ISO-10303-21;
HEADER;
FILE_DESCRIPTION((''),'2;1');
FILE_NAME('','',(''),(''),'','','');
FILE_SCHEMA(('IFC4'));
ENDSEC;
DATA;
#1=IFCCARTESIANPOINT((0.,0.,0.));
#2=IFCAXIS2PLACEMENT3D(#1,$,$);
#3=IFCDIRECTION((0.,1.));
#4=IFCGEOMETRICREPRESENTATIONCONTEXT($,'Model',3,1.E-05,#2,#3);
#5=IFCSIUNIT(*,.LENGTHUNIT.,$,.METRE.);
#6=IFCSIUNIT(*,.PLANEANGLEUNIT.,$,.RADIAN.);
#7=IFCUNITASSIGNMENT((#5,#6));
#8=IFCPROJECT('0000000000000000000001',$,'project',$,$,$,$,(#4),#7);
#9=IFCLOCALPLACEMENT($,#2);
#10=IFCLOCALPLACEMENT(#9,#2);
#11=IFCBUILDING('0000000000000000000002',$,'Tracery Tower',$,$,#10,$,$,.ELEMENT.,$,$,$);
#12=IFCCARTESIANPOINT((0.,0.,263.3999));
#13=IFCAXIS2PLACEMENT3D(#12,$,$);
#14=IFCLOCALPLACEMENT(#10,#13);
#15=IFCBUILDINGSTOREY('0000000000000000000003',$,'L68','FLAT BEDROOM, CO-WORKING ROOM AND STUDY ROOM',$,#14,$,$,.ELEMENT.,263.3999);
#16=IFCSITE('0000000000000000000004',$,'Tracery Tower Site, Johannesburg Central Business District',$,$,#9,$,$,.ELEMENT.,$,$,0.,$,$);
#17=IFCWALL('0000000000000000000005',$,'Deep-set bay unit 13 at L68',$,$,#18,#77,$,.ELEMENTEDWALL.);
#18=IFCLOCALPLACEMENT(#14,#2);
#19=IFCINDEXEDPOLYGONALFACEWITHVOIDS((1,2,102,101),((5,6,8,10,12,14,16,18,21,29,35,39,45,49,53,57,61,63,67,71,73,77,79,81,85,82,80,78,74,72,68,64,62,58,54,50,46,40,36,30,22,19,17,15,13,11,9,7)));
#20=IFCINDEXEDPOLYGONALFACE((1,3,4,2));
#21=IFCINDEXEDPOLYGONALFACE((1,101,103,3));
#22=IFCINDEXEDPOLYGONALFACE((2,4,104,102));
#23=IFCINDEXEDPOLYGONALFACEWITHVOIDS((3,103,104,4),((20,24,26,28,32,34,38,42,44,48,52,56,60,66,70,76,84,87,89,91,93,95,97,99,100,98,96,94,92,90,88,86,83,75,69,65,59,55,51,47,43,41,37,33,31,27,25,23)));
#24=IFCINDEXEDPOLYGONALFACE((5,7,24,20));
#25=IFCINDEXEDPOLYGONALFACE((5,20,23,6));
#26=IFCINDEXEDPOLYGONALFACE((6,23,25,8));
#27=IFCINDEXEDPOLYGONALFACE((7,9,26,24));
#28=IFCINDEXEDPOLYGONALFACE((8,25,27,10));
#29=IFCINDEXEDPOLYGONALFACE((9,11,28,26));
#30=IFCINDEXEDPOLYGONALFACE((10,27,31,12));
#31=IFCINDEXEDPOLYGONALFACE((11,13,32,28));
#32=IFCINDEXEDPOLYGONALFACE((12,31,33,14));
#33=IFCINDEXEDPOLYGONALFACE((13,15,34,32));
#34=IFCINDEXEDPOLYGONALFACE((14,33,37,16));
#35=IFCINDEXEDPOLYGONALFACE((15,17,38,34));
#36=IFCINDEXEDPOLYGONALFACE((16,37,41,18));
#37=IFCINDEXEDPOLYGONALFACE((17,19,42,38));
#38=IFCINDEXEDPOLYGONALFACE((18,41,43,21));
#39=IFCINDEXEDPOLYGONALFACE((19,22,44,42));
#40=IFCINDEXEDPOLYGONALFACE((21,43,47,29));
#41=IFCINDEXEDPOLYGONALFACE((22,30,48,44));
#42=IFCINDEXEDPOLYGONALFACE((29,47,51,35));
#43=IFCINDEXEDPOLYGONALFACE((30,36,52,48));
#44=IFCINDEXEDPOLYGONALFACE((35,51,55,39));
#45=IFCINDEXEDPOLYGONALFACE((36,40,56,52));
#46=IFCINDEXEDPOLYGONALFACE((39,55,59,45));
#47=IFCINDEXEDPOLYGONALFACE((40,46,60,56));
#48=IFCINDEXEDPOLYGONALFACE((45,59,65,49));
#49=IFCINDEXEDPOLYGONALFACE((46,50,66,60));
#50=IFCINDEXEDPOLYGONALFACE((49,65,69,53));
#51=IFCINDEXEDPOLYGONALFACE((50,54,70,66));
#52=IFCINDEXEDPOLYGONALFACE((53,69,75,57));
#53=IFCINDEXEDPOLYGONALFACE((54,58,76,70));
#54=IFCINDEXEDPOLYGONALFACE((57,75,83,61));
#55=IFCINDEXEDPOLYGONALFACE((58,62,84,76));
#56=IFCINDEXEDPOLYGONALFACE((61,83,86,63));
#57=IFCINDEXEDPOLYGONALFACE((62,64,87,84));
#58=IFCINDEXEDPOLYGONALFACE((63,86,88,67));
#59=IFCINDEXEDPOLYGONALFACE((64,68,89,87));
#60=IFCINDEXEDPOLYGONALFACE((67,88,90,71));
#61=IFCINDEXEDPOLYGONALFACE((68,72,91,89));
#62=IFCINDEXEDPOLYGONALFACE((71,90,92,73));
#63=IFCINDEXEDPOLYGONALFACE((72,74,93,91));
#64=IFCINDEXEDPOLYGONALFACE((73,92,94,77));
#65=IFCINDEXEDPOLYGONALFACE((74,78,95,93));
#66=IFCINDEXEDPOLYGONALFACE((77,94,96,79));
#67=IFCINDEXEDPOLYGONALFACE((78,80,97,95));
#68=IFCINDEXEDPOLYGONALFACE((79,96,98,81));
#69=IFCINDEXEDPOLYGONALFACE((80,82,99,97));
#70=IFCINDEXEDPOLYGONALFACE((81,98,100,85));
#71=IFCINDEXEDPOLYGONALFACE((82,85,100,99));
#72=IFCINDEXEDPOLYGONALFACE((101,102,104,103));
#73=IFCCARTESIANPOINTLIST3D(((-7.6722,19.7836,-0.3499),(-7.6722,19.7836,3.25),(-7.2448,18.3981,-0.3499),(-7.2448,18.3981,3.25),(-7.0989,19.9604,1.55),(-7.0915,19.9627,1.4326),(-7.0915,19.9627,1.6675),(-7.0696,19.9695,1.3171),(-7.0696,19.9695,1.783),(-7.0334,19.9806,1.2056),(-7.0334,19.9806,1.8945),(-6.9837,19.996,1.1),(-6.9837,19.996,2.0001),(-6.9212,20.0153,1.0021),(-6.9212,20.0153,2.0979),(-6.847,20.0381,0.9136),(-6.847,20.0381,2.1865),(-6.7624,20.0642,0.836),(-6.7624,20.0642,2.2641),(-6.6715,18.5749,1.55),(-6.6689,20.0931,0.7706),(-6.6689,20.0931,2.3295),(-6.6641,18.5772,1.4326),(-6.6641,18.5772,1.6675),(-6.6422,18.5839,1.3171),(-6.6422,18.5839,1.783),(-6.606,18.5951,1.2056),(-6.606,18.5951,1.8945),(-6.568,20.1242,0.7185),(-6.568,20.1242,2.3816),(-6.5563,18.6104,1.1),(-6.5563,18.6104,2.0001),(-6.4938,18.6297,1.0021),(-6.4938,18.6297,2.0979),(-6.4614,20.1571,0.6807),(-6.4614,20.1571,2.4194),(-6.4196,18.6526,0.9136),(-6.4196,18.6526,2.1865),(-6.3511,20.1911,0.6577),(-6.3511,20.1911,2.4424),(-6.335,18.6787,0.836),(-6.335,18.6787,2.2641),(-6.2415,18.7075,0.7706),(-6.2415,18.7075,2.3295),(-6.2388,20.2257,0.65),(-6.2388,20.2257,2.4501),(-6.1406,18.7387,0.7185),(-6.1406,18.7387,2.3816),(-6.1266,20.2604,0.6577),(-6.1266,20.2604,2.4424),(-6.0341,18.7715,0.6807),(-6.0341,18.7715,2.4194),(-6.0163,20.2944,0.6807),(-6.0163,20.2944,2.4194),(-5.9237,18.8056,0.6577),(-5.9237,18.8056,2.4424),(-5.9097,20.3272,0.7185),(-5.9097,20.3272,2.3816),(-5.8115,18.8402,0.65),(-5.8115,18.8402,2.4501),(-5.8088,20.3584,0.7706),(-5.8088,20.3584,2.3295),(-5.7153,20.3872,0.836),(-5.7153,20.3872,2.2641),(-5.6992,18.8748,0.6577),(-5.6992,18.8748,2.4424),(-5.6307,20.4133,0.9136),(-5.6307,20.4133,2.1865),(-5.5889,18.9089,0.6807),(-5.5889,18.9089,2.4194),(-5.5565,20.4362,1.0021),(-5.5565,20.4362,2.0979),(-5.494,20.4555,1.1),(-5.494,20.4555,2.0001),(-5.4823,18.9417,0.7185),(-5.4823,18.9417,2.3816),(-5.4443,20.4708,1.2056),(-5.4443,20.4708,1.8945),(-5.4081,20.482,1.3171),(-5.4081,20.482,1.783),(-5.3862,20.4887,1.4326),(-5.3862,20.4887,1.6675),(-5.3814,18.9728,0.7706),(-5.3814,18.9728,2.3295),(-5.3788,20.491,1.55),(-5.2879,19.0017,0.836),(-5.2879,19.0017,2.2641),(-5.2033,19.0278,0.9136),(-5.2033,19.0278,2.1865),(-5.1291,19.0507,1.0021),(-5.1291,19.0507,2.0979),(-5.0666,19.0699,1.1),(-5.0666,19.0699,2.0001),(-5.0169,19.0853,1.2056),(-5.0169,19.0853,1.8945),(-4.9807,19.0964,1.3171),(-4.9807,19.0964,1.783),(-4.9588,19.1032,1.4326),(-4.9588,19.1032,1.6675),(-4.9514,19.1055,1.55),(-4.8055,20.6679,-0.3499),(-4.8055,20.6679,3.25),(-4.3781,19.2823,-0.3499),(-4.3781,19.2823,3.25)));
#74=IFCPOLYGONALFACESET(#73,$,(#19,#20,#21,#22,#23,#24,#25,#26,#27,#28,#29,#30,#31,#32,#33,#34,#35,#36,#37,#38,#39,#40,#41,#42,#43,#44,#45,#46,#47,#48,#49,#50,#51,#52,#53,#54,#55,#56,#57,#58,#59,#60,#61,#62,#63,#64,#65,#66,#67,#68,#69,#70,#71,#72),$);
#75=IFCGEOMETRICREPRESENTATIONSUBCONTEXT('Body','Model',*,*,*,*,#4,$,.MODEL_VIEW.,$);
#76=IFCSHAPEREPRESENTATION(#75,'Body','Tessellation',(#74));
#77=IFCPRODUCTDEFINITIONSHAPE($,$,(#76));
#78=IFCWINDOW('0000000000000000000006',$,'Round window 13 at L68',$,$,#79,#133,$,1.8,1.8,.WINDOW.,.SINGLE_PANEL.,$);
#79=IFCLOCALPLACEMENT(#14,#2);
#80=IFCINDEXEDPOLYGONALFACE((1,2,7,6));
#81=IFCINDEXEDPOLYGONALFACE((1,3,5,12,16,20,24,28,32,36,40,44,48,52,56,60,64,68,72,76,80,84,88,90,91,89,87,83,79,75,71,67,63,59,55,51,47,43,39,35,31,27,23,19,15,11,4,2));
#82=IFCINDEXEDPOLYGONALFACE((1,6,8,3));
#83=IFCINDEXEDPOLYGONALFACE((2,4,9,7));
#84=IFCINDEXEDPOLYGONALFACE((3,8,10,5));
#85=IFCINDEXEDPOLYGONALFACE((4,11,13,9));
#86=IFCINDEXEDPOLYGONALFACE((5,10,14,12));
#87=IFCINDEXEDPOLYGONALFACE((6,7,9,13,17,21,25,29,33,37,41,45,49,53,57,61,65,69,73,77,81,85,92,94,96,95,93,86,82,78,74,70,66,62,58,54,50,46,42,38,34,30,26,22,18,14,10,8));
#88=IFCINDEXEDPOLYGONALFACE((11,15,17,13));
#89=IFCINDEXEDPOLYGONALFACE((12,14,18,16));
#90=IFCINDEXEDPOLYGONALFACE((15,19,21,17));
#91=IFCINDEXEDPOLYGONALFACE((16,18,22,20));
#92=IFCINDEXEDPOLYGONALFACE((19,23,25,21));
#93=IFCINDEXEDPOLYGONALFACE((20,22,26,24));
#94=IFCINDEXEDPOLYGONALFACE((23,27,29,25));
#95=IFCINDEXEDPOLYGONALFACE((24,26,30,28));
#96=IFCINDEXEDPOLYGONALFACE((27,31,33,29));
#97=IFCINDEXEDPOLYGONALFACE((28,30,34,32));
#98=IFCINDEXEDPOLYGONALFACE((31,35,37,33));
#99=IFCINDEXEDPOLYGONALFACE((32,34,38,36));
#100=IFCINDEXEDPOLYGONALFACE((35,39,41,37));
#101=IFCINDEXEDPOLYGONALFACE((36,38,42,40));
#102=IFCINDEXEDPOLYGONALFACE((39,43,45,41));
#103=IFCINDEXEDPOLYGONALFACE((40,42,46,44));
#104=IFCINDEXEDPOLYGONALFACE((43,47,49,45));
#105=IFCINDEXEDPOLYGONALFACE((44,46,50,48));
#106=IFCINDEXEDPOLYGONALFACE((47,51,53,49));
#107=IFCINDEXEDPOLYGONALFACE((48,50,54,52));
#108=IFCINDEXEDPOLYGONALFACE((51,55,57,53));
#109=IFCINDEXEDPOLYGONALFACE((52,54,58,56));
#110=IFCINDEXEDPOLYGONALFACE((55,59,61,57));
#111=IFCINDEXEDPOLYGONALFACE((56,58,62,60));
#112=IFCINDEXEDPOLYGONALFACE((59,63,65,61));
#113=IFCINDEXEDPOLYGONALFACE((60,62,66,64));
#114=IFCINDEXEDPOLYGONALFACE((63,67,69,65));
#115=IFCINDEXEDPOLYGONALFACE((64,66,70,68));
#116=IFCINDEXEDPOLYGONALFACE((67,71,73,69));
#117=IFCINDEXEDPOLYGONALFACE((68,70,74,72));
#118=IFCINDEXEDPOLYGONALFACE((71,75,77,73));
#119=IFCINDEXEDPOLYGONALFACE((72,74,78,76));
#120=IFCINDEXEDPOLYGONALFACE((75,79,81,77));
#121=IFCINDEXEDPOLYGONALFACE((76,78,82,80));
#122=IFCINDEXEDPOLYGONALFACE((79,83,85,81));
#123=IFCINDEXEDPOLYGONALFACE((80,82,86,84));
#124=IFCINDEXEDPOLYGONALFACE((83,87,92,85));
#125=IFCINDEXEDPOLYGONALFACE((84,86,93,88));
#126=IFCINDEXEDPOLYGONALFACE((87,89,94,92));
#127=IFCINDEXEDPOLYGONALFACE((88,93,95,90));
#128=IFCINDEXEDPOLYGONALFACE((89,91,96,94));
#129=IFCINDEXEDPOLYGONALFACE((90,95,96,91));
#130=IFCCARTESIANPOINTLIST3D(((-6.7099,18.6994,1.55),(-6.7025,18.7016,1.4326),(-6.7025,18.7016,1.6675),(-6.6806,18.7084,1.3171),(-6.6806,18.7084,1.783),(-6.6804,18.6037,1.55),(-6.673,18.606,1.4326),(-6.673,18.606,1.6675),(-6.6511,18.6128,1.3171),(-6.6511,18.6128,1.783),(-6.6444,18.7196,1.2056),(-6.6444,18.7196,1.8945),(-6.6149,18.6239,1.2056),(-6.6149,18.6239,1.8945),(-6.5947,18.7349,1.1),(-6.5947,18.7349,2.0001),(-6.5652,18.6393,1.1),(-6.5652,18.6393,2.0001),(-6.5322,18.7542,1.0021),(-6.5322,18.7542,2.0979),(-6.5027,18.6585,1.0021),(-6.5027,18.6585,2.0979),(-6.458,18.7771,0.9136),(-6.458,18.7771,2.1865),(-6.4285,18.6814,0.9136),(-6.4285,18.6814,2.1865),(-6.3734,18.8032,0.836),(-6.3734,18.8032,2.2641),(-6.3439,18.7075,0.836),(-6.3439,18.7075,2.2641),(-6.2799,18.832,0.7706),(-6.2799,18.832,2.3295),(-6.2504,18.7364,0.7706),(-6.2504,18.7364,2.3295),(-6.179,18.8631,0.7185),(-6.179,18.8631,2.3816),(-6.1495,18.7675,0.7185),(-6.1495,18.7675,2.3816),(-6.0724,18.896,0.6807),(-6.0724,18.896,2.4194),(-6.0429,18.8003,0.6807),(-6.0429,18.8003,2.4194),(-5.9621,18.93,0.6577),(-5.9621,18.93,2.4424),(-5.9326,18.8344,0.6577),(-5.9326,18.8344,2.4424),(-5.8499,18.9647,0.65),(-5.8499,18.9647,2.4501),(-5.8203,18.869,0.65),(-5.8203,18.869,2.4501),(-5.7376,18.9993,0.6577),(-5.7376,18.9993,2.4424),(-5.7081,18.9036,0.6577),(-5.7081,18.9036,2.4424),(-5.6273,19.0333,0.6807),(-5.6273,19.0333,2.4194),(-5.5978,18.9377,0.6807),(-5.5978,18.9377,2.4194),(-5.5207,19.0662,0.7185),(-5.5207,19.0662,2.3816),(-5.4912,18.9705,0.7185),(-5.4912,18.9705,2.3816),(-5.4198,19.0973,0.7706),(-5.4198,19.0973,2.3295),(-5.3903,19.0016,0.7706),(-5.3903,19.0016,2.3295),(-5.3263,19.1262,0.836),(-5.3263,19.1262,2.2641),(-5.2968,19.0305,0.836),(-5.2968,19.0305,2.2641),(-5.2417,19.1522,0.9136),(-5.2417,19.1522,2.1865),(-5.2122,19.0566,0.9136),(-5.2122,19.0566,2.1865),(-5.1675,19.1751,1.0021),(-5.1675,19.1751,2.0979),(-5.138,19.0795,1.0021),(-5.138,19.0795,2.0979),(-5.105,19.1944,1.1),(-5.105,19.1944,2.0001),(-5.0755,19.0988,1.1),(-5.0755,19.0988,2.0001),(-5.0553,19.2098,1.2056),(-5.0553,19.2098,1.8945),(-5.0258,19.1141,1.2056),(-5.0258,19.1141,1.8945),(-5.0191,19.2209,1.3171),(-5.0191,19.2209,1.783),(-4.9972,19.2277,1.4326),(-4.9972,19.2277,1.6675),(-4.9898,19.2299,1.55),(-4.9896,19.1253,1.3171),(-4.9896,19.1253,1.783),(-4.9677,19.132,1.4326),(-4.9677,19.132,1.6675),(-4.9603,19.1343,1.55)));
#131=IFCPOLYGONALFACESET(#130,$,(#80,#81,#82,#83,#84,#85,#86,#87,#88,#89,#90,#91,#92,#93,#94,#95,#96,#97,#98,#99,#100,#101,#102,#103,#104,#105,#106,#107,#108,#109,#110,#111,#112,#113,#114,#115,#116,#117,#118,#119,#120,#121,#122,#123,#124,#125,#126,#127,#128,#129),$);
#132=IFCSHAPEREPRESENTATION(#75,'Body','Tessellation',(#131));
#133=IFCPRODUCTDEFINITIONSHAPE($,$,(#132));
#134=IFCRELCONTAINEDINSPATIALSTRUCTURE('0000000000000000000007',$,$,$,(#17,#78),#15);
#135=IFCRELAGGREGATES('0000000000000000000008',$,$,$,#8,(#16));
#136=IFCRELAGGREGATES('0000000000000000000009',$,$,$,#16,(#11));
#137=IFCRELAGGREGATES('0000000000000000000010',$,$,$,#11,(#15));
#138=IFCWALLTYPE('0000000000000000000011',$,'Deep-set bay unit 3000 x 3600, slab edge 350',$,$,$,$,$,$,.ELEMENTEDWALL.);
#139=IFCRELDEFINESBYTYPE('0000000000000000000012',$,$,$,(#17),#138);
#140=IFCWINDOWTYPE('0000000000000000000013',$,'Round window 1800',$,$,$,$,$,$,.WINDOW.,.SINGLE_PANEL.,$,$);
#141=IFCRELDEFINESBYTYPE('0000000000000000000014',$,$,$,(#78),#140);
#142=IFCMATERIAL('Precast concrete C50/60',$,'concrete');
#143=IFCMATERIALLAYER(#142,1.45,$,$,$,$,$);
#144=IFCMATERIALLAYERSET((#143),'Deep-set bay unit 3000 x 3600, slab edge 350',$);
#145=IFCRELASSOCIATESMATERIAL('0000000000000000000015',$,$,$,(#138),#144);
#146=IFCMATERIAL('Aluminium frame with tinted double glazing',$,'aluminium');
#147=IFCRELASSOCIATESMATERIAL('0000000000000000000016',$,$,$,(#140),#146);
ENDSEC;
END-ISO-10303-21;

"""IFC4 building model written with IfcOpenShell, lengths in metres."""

from ifc_helpers import new_model, si_unit, direction, frame, frame_2d, origin, origin_2d, place, context, subcontext, project, spatial, rectangle, circle, extrude, material, layer, layer_set, type_object, element, fill, save


model = new_model("IFC4")

# Units and contexts
model_context = context("Model", 3, precision=1e-05, world=origin(), true_north=direction((0.0, 1.0)))
body_context = subcontext(model_context, "Body", "Model", "MODEL_VIEW")
ifc_project = project(units=[si_unit("LENGTHUNIT", "METRE"), si_unit("PLANEANGLEUNIT", "RADIAN")], contexts=[model_context])

# Site, building, storey
site_placement = place(None, origin())
site = spatial("IfcSite", under=ifc_project, at=site_placement, Name="Tracery Tower Site, Johannesburg Central Business District", CompositionType="ELEMENT", RefElevation=0.0)
building_placement = place(site_placement, origin())
building = spatial("IfcBuilding", under=site, at=building_placement, Name="Tracery Tower", CompositionType="ELEMENT")
storey_placement = place(building_placement, frame((0.0, 0.0, 263.3999)))
storey = spatial("IfcBuildingStorey", under=building, at=storey_placement, Name="L68", Description="FLAT BEDROOM, CO-WORKING ROOM AND STUDY ROOM", CompositionType="ELEMENT", Elevation=263.3999)

# Wall, opening, window
ifc_material_1 = material(Name="Precast concrete C50/60", Category="concrete")
ifc_layer_1 = layer(ifc_material_1, 1.45)
ifc_layer_set_1 = layer_set([ifc_layer_1], Name="Deep-set bay unit 3000 x 3600, slab edge 350")
wall_type_1 = type_object("IfcWallType", Name="Deep-set bay unit 3000 x 3600, slab edge 350", PredefinedType="ELEMENTEDWALL", material=ifc_layer_set_1)
wall_1_placement = place(storey_placement, frame((-4.5918, 19.9751, -0.3499), z_axis=(0.0, 0.0, 1.0), x_axis=(-0.955571, -0.294761, 0.0)))
wall_1 = element("IfcWall", 1, at=wall_1_placement, inside=storey, type_object=wall_type_1, Name="Deep-set bay unit 13 at L68", PredefinedType="ELEMENTEDWALL", context=body_context, shape_type="SweptSolid", body=[
    extrude(rectangle(XDim=3.0, YDim=1.45, at=frame_2d((1.5, 0.0))), origin(), (0.0, 0.0, 1.0), 3.5999),
])
opening_1_placement = place(wall_1_placement, frame((1.5, 0.0, 1.8999)))
opening_1 = element("IfcOpeningElement", 2, at=opening_1_placement, cuts=wall_1, PredefinedType="OPENING", context=body_context, shape_type="SweptSolid", body=[
    extrude(circle(Radius=0.9, at=origin_2d()), frame((0.0, 0.7349, 0.0), z_axis=(0.0, -1.0, 0.0), x_axis=(1.0, 0.0, 0.0)), (0.0, 0.0, 1.0), 1.47),
])
ifc_material_2 = material(Name="Aluminium frame with tinted double glazing", Category="aluminium")
window_type = type_object("IfcWindowType", Name="Round window 1800", PartitioningType="SINGLE_PANEL", PredefinedType="WINDOW", material=ifc_material_2)
window_1_placement = place(opening_1_placement, origin())
window_1 = element("IfcWindow", 3, at=window_1_placement, inside=storey, type_object=window_type, Name="Round window 13 at L68", OverallHeight=1.8, OverallWidth=1.8, PartitioningType="SINGLE_PANEL", PredefinedType="WINDOW", context=body_context, shape_type="SweptSolid", body=[
    extrude(circle(Radius=0.9, at=origin_2d()), frame((0.0, 0.6948, 0.0), z_axis=(0.0, -1.0, 0.0), x_axis=(1.0, 0.0, 0.0)), (0.0, 0.0, 1.0), 0.1001),
])
fill(opening_1, window_1)

save(model, "model.ifc")
